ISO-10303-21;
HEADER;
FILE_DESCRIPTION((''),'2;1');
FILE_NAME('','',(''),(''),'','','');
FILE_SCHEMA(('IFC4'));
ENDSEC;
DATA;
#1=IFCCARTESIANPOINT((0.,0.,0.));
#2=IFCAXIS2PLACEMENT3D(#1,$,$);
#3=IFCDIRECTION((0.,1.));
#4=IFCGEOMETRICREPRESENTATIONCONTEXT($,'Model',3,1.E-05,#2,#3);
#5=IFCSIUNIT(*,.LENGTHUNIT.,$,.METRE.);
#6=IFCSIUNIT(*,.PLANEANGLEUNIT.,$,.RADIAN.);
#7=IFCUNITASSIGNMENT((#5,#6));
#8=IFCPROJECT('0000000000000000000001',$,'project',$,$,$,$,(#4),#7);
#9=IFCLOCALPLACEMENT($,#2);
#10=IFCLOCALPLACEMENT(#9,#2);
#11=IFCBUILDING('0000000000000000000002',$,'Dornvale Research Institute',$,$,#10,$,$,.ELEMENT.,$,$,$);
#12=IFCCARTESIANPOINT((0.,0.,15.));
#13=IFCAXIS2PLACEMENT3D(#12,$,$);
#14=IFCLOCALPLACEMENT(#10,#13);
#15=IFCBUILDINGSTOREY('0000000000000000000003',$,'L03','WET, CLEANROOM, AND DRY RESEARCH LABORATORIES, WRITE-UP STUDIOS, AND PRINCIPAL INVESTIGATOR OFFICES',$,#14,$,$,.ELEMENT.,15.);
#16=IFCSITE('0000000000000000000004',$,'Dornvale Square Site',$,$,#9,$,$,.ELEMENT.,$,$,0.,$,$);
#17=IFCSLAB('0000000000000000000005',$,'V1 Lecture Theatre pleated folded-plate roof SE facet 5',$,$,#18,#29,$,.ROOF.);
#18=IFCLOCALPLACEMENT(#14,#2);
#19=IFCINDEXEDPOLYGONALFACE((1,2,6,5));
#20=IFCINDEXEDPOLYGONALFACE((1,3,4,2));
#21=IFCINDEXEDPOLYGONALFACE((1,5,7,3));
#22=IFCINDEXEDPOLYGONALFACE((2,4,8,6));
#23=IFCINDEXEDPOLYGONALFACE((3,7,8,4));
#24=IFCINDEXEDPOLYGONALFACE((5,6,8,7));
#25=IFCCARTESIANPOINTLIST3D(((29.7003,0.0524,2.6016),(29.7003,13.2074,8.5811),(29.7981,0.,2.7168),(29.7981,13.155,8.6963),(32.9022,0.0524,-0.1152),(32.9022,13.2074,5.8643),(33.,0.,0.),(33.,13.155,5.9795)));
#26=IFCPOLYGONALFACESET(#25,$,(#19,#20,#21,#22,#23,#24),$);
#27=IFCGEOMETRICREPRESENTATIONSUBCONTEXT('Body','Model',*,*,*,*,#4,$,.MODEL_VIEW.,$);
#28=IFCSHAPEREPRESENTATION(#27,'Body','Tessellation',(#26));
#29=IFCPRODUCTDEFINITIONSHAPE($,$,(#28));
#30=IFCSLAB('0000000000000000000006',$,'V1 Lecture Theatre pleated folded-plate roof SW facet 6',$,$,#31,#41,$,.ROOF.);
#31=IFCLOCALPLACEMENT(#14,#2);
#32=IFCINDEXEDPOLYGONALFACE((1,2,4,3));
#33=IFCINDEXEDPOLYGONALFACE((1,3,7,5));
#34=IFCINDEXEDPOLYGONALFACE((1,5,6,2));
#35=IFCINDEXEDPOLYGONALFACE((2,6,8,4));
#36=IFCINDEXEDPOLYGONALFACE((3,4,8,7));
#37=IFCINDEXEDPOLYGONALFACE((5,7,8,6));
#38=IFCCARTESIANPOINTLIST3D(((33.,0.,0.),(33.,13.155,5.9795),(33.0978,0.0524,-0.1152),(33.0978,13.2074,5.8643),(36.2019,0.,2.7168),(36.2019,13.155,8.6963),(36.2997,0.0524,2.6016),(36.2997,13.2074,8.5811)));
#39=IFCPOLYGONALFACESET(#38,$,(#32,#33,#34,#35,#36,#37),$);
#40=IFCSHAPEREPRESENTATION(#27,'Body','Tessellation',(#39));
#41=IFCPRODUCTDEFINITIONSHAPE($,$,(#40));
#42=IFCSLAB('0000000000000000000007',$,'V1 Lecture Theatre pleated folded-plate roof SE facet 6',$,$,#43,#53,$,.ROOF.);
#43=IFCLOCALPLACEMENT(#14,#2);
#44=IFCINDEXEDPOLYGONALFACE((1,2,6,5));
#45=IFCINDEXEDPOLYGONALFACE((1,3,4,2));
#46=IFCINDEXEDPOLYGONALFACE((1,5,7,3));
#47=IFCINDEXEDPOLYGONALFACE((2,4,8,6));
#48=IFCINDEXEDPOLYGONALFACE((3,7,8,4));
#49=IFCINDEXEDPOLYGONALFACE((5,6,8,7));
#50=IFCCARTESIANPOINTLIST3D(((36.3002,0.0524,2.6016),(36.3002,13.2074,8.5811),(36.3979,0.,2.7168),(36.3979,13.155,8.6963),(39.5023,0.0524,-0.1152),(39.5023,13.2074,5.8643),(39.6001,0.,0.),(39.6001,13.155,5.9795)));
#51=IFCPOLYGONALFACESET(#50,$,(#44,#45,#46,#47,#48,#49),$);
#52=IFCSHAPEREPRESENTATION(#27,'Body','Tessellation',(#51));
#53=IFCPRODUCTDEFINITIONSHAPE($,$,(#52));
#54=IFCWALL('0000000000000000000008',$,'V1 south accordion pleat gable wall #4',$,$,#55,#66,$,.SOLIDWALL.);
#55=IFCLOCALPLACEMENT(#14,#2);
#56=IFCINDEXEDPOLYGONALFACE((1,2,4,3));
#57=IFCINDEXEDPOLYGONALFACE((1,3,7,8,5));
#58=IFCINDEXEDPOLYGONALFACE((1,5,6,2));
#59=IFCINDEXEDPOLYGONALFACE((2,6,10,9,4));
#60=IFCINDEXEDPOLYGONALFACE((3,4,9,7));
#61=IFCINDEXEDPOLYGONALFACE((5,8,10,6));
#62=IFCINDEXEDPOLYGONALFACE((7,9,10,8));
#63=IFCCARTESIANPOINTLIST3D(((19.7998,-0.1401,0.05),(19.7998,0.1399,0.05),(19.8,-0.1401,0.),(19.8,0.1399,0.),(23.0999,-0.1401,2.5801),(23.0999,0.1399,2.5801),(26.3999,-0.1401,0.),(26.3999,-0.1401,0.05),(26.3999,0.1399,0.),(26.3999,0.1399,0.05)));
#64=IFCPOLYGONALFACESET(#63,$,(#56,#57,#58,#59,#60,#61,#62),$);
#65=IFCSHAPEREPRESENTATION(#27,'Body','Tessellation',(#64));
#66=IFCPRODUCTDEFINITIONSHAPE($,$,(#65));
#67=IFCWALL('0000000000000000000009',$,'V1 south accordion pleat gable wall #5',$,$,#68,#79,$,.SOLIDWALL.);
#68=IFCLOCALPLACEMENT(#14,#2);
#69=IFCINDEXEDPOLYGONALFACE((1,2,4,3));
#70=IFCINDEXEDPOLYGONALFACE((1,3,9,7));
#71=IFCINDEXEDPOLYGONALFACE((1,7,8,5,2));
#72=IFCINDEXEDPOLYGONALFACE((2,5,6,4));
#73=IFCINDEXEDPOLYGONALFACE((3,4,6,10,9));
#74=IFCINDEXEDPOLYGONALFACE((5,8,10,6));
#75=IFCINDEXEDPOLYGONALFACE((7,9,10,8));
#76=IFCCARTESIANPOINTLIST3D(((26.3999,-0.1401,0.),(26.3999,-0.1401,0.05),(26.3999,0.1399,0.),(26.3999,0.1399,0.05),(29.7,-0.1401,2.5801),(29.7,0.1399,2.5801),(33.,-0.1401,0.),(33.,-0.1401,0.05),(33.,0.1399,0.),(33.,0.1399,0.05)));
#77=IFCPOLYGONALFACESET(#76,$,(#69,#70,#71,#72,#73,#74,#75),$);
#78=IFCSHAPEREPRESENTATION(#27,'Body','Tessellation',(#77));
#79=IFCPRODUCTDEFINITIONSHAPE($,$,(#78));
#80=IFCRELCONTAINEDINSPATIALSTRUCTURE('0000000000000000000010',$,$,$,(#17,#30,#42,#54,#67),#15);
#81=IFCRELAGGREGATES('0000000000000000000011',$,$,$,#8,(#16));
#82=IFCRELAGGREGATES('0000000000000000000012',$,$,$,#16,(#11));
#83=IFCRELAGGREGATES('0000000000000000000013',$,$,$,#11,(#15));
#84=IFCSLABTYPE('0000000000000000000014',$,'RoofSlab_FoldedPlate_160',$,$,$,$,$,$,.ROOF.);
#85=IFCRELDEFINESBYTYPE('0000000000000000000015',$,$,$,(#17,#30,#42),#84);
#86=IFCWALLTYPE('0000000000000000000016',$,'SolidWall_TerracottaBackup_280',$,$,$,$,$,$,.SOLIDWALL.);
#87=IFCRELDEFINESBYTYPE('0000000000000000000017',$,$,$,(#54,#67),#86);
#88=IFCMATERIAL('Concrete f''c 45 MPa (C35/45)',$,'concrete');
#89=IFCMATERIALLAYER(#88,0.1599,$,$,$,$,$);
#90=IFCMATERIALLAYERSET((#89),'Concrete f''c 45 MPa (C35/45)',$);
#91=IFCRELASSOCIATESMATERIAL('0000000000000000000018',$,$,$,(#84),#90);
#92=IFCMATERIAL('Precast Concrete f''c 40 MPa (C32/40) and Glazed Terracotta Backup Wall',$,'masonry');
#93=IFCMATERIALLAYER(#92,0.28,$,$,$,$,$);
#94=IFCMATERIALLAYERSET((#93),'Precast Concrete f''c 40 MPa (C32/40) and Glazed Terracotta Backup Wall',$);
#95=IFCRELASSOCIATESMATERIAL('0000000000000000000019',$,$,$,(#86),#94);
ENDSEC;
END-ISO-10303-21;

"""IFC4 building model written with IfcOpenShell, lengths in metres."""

from ifc_helpers import new_model, si_unit, direction, frame, origin, place, context, subcontext, project, spatial, polyline, outline, extrude, material, layer, layer_set, type_object, element, save


model = new_model("IFC4")

# Units and contexts
model_context = context("Model", 3, precision=1e-05, world=origin(), true_north=direction((0.0, 1.0)))
body_context = subcontext(model_context, "Body", "Model", "MODEL_VIEW")
ifc_project = project(units=[si_unit("LENGTHUNIT", "METRE"), si_unit("PLANEANGLEUNIT", "RADIAN")], contexts=[model_context])

# Site, building, storey
site_placement = place(None, origin())
site = spatial("IfcSite", under=ifc_project, at=site_placement, Name="Dornvale Square Site", CompositionType="ELEMENT", RefElevation=0.0)
building_placement = place(site_placement, origin())
building = spatial("IfcBuilding", under=site, at=building_placement, Name="Dornvale Research Institute", CompositionType="ELEMENT")
storey_placement = place(building_placement, frame((0.0, 0.0, 15.0)))
storey = spatial("IfcBuildingStorey", under=building, at=storey_placement, Name="L03", Description="WET, CLEANROOM, AND DRY RESEARCH LABORATORIES, WRITE-UP STUDIOS, AND PRINCIPAL INVESTIGATOR OFFICES", CompositionType="ELEMENT", Elevation=15.0)

# Slabs
ifc_material_1 = material(Name="Concrete f'c 45 MPa (C35/45)", Category="concrete")
ifc_layer_1 = layer(ifc_material_1, 0.1599)
ifc_layer_set_1 = layer_set([ifc_layer_1], Name="Concrete f'c 45 MPa (C35/45)")
slab_type = type_object("IfcSlabType", Name="RoofSlab_FoldedPlate_160", PredefinedType="ROOF", material=ifc_layer_set_1)
slab_1_placement = place(storey_placement, frame((29.7981, 0.0, 2.7168), z_axis=(0.611306, -0.327478, 0.72046), x_axis=(0.762506, 0.0, -0.646982)))
element("IfcSlab", 1, at=slab_1_placement, inside=storey, type_object=slab_type, Name="V1 Lecture Theatre pleated folded-plate roof SE facet 5", PredefinedType="ROOF", context=body_context, shape_type="SweptSolid", body=[
    extrude(outline(polyline([(0.0, 0.0), (4.1992, 0.0), (0.3306, 13.9227), (-3.8686, 13.9227), (0.0, 0.0)])), origin(), (0.0, 0.0, -1.0), 0.1599),
])
slab_2_placement = place(storey_placement, frame((33.0, 0.0, 0.0), z_axis=(-0.611306, -0.327478, 0.72046), x_axis=(0.762506, 0.0, 0.646982)))
element("IfcSlab", 2, at=slab_2_placement, inside=storey, type_object=slab_type, Name="V1 Lecture Theatre pleated folded-plate roof SW facet 6", PredefinedType="ROOF", context=body_context, shape_type="SweptSolid", body=[
    extrude(outline(polyline([(0.0, 0.0), (4.1992, 0.0), (8.0678, 13.9227), (3.8686, 13.9227), (0.0, 0.0)])), origin(), (0.0, 0.0, -1.0), 0.1599),
])
slab_3_placement = place(storey_placement, frame((36.3979, 0.0, 2.7168), z_axis=(0.611277, -0.327488, 0.720481), x_axis=(0.76253, 0.0, -0.646953)))
element("IfcSlab", 3, at=slab_3_placement, inside=storey, type_object=slab_type, Name="V1 Lecture Theatre pleated folded-plate roof SE facet 6", PredefinedType="ROOF", context=body_context, shape_type="SweptSolid", body=[
    extrude(outline(polyline([(0.0, 0.0), (4.1994, 0.0), (0.3309, 13.9228), (-3.8684, 13.9228), (0.0, 0.0)])), origin(), (0.0, 0.0, -1.0), 0.1599),
])

# Walls
ifc_material_2 = material(Name="Precast Concrete f'c 40 MPa (C32/40) and Glazed Terracotta Backup Wall", Category="masonry")
ifc_layer_2 = layer(ifc_material_2, 0.28)
ifc_layer_set_2 = layer_set([ifc_layer_2], Name="Precast Concrete f'c 40 MPa (C32/40) and Glazed Terracotta Backup Wall")
wall_type = type_object("IfcWallType", Name="SolidWall_TerracottaBackup_280", PredefinedType="SOLIDWALL", material=ifc_layer_set_2)
wall_1_placement = place(storey_placement, frame((26.3999, 0.0, 0.0), z_axis=(0.0, 0.0, 1.0), x_axis=(-1.0, 0.0, 0.0)))
element("IfcWall", 4, at=wall_1_placement, inside=storey, type_object=wall_type, Name="V1 south accordion pleat gable wall #4", PredefinedType="SOLIDWALL", context=body_context, shape_type="SweptSolid", body=[
    extrude(outline(polyline([(0.0, 0.0), (6.5999, 0.0), (6.6001, 0.05), (3.3, 2.5801), (0.0, 0.05), (0.0, 0.0)])), frame((0.0, 0.1401, 0.0), z_axis=(0.0, -1.0, 0.0), x_axis=(1.0, 0.0, 0.0)), (0.0, 0.0, 1.0), 0.28),
])
wall_2_placement = place(storey_placement, frame((33.0, 0.0, 0.0), z_axis=(0.0, 0.0, 1.0), x_axis=(-1.0, 0.0, 0.0)))
element("IfcWall", 5, at=wall_2_placement, inside=storey, type_object=wall_type, Name="V1 south accordion pleat gable wall #5", PredefinedType="SOLIDWALL", context=body_context, shape_type="SweptSolid", body=[
    extrude(outline(polyline([(0.0, 0.0), (6.6001, 0.0), (6.6001, 0.05), (3.3, 2.5801), (0.0, 0.05), (0.0, 0.0)])), frame((0.0, 0.1401, 0.0), z_axis=(0.0, -1.0, 0.0), x_axis=(1.0, 0.0, 0.0)), (0.0, 0.0, 1.0), 0.28),
])

save(model, "model.ifc")
